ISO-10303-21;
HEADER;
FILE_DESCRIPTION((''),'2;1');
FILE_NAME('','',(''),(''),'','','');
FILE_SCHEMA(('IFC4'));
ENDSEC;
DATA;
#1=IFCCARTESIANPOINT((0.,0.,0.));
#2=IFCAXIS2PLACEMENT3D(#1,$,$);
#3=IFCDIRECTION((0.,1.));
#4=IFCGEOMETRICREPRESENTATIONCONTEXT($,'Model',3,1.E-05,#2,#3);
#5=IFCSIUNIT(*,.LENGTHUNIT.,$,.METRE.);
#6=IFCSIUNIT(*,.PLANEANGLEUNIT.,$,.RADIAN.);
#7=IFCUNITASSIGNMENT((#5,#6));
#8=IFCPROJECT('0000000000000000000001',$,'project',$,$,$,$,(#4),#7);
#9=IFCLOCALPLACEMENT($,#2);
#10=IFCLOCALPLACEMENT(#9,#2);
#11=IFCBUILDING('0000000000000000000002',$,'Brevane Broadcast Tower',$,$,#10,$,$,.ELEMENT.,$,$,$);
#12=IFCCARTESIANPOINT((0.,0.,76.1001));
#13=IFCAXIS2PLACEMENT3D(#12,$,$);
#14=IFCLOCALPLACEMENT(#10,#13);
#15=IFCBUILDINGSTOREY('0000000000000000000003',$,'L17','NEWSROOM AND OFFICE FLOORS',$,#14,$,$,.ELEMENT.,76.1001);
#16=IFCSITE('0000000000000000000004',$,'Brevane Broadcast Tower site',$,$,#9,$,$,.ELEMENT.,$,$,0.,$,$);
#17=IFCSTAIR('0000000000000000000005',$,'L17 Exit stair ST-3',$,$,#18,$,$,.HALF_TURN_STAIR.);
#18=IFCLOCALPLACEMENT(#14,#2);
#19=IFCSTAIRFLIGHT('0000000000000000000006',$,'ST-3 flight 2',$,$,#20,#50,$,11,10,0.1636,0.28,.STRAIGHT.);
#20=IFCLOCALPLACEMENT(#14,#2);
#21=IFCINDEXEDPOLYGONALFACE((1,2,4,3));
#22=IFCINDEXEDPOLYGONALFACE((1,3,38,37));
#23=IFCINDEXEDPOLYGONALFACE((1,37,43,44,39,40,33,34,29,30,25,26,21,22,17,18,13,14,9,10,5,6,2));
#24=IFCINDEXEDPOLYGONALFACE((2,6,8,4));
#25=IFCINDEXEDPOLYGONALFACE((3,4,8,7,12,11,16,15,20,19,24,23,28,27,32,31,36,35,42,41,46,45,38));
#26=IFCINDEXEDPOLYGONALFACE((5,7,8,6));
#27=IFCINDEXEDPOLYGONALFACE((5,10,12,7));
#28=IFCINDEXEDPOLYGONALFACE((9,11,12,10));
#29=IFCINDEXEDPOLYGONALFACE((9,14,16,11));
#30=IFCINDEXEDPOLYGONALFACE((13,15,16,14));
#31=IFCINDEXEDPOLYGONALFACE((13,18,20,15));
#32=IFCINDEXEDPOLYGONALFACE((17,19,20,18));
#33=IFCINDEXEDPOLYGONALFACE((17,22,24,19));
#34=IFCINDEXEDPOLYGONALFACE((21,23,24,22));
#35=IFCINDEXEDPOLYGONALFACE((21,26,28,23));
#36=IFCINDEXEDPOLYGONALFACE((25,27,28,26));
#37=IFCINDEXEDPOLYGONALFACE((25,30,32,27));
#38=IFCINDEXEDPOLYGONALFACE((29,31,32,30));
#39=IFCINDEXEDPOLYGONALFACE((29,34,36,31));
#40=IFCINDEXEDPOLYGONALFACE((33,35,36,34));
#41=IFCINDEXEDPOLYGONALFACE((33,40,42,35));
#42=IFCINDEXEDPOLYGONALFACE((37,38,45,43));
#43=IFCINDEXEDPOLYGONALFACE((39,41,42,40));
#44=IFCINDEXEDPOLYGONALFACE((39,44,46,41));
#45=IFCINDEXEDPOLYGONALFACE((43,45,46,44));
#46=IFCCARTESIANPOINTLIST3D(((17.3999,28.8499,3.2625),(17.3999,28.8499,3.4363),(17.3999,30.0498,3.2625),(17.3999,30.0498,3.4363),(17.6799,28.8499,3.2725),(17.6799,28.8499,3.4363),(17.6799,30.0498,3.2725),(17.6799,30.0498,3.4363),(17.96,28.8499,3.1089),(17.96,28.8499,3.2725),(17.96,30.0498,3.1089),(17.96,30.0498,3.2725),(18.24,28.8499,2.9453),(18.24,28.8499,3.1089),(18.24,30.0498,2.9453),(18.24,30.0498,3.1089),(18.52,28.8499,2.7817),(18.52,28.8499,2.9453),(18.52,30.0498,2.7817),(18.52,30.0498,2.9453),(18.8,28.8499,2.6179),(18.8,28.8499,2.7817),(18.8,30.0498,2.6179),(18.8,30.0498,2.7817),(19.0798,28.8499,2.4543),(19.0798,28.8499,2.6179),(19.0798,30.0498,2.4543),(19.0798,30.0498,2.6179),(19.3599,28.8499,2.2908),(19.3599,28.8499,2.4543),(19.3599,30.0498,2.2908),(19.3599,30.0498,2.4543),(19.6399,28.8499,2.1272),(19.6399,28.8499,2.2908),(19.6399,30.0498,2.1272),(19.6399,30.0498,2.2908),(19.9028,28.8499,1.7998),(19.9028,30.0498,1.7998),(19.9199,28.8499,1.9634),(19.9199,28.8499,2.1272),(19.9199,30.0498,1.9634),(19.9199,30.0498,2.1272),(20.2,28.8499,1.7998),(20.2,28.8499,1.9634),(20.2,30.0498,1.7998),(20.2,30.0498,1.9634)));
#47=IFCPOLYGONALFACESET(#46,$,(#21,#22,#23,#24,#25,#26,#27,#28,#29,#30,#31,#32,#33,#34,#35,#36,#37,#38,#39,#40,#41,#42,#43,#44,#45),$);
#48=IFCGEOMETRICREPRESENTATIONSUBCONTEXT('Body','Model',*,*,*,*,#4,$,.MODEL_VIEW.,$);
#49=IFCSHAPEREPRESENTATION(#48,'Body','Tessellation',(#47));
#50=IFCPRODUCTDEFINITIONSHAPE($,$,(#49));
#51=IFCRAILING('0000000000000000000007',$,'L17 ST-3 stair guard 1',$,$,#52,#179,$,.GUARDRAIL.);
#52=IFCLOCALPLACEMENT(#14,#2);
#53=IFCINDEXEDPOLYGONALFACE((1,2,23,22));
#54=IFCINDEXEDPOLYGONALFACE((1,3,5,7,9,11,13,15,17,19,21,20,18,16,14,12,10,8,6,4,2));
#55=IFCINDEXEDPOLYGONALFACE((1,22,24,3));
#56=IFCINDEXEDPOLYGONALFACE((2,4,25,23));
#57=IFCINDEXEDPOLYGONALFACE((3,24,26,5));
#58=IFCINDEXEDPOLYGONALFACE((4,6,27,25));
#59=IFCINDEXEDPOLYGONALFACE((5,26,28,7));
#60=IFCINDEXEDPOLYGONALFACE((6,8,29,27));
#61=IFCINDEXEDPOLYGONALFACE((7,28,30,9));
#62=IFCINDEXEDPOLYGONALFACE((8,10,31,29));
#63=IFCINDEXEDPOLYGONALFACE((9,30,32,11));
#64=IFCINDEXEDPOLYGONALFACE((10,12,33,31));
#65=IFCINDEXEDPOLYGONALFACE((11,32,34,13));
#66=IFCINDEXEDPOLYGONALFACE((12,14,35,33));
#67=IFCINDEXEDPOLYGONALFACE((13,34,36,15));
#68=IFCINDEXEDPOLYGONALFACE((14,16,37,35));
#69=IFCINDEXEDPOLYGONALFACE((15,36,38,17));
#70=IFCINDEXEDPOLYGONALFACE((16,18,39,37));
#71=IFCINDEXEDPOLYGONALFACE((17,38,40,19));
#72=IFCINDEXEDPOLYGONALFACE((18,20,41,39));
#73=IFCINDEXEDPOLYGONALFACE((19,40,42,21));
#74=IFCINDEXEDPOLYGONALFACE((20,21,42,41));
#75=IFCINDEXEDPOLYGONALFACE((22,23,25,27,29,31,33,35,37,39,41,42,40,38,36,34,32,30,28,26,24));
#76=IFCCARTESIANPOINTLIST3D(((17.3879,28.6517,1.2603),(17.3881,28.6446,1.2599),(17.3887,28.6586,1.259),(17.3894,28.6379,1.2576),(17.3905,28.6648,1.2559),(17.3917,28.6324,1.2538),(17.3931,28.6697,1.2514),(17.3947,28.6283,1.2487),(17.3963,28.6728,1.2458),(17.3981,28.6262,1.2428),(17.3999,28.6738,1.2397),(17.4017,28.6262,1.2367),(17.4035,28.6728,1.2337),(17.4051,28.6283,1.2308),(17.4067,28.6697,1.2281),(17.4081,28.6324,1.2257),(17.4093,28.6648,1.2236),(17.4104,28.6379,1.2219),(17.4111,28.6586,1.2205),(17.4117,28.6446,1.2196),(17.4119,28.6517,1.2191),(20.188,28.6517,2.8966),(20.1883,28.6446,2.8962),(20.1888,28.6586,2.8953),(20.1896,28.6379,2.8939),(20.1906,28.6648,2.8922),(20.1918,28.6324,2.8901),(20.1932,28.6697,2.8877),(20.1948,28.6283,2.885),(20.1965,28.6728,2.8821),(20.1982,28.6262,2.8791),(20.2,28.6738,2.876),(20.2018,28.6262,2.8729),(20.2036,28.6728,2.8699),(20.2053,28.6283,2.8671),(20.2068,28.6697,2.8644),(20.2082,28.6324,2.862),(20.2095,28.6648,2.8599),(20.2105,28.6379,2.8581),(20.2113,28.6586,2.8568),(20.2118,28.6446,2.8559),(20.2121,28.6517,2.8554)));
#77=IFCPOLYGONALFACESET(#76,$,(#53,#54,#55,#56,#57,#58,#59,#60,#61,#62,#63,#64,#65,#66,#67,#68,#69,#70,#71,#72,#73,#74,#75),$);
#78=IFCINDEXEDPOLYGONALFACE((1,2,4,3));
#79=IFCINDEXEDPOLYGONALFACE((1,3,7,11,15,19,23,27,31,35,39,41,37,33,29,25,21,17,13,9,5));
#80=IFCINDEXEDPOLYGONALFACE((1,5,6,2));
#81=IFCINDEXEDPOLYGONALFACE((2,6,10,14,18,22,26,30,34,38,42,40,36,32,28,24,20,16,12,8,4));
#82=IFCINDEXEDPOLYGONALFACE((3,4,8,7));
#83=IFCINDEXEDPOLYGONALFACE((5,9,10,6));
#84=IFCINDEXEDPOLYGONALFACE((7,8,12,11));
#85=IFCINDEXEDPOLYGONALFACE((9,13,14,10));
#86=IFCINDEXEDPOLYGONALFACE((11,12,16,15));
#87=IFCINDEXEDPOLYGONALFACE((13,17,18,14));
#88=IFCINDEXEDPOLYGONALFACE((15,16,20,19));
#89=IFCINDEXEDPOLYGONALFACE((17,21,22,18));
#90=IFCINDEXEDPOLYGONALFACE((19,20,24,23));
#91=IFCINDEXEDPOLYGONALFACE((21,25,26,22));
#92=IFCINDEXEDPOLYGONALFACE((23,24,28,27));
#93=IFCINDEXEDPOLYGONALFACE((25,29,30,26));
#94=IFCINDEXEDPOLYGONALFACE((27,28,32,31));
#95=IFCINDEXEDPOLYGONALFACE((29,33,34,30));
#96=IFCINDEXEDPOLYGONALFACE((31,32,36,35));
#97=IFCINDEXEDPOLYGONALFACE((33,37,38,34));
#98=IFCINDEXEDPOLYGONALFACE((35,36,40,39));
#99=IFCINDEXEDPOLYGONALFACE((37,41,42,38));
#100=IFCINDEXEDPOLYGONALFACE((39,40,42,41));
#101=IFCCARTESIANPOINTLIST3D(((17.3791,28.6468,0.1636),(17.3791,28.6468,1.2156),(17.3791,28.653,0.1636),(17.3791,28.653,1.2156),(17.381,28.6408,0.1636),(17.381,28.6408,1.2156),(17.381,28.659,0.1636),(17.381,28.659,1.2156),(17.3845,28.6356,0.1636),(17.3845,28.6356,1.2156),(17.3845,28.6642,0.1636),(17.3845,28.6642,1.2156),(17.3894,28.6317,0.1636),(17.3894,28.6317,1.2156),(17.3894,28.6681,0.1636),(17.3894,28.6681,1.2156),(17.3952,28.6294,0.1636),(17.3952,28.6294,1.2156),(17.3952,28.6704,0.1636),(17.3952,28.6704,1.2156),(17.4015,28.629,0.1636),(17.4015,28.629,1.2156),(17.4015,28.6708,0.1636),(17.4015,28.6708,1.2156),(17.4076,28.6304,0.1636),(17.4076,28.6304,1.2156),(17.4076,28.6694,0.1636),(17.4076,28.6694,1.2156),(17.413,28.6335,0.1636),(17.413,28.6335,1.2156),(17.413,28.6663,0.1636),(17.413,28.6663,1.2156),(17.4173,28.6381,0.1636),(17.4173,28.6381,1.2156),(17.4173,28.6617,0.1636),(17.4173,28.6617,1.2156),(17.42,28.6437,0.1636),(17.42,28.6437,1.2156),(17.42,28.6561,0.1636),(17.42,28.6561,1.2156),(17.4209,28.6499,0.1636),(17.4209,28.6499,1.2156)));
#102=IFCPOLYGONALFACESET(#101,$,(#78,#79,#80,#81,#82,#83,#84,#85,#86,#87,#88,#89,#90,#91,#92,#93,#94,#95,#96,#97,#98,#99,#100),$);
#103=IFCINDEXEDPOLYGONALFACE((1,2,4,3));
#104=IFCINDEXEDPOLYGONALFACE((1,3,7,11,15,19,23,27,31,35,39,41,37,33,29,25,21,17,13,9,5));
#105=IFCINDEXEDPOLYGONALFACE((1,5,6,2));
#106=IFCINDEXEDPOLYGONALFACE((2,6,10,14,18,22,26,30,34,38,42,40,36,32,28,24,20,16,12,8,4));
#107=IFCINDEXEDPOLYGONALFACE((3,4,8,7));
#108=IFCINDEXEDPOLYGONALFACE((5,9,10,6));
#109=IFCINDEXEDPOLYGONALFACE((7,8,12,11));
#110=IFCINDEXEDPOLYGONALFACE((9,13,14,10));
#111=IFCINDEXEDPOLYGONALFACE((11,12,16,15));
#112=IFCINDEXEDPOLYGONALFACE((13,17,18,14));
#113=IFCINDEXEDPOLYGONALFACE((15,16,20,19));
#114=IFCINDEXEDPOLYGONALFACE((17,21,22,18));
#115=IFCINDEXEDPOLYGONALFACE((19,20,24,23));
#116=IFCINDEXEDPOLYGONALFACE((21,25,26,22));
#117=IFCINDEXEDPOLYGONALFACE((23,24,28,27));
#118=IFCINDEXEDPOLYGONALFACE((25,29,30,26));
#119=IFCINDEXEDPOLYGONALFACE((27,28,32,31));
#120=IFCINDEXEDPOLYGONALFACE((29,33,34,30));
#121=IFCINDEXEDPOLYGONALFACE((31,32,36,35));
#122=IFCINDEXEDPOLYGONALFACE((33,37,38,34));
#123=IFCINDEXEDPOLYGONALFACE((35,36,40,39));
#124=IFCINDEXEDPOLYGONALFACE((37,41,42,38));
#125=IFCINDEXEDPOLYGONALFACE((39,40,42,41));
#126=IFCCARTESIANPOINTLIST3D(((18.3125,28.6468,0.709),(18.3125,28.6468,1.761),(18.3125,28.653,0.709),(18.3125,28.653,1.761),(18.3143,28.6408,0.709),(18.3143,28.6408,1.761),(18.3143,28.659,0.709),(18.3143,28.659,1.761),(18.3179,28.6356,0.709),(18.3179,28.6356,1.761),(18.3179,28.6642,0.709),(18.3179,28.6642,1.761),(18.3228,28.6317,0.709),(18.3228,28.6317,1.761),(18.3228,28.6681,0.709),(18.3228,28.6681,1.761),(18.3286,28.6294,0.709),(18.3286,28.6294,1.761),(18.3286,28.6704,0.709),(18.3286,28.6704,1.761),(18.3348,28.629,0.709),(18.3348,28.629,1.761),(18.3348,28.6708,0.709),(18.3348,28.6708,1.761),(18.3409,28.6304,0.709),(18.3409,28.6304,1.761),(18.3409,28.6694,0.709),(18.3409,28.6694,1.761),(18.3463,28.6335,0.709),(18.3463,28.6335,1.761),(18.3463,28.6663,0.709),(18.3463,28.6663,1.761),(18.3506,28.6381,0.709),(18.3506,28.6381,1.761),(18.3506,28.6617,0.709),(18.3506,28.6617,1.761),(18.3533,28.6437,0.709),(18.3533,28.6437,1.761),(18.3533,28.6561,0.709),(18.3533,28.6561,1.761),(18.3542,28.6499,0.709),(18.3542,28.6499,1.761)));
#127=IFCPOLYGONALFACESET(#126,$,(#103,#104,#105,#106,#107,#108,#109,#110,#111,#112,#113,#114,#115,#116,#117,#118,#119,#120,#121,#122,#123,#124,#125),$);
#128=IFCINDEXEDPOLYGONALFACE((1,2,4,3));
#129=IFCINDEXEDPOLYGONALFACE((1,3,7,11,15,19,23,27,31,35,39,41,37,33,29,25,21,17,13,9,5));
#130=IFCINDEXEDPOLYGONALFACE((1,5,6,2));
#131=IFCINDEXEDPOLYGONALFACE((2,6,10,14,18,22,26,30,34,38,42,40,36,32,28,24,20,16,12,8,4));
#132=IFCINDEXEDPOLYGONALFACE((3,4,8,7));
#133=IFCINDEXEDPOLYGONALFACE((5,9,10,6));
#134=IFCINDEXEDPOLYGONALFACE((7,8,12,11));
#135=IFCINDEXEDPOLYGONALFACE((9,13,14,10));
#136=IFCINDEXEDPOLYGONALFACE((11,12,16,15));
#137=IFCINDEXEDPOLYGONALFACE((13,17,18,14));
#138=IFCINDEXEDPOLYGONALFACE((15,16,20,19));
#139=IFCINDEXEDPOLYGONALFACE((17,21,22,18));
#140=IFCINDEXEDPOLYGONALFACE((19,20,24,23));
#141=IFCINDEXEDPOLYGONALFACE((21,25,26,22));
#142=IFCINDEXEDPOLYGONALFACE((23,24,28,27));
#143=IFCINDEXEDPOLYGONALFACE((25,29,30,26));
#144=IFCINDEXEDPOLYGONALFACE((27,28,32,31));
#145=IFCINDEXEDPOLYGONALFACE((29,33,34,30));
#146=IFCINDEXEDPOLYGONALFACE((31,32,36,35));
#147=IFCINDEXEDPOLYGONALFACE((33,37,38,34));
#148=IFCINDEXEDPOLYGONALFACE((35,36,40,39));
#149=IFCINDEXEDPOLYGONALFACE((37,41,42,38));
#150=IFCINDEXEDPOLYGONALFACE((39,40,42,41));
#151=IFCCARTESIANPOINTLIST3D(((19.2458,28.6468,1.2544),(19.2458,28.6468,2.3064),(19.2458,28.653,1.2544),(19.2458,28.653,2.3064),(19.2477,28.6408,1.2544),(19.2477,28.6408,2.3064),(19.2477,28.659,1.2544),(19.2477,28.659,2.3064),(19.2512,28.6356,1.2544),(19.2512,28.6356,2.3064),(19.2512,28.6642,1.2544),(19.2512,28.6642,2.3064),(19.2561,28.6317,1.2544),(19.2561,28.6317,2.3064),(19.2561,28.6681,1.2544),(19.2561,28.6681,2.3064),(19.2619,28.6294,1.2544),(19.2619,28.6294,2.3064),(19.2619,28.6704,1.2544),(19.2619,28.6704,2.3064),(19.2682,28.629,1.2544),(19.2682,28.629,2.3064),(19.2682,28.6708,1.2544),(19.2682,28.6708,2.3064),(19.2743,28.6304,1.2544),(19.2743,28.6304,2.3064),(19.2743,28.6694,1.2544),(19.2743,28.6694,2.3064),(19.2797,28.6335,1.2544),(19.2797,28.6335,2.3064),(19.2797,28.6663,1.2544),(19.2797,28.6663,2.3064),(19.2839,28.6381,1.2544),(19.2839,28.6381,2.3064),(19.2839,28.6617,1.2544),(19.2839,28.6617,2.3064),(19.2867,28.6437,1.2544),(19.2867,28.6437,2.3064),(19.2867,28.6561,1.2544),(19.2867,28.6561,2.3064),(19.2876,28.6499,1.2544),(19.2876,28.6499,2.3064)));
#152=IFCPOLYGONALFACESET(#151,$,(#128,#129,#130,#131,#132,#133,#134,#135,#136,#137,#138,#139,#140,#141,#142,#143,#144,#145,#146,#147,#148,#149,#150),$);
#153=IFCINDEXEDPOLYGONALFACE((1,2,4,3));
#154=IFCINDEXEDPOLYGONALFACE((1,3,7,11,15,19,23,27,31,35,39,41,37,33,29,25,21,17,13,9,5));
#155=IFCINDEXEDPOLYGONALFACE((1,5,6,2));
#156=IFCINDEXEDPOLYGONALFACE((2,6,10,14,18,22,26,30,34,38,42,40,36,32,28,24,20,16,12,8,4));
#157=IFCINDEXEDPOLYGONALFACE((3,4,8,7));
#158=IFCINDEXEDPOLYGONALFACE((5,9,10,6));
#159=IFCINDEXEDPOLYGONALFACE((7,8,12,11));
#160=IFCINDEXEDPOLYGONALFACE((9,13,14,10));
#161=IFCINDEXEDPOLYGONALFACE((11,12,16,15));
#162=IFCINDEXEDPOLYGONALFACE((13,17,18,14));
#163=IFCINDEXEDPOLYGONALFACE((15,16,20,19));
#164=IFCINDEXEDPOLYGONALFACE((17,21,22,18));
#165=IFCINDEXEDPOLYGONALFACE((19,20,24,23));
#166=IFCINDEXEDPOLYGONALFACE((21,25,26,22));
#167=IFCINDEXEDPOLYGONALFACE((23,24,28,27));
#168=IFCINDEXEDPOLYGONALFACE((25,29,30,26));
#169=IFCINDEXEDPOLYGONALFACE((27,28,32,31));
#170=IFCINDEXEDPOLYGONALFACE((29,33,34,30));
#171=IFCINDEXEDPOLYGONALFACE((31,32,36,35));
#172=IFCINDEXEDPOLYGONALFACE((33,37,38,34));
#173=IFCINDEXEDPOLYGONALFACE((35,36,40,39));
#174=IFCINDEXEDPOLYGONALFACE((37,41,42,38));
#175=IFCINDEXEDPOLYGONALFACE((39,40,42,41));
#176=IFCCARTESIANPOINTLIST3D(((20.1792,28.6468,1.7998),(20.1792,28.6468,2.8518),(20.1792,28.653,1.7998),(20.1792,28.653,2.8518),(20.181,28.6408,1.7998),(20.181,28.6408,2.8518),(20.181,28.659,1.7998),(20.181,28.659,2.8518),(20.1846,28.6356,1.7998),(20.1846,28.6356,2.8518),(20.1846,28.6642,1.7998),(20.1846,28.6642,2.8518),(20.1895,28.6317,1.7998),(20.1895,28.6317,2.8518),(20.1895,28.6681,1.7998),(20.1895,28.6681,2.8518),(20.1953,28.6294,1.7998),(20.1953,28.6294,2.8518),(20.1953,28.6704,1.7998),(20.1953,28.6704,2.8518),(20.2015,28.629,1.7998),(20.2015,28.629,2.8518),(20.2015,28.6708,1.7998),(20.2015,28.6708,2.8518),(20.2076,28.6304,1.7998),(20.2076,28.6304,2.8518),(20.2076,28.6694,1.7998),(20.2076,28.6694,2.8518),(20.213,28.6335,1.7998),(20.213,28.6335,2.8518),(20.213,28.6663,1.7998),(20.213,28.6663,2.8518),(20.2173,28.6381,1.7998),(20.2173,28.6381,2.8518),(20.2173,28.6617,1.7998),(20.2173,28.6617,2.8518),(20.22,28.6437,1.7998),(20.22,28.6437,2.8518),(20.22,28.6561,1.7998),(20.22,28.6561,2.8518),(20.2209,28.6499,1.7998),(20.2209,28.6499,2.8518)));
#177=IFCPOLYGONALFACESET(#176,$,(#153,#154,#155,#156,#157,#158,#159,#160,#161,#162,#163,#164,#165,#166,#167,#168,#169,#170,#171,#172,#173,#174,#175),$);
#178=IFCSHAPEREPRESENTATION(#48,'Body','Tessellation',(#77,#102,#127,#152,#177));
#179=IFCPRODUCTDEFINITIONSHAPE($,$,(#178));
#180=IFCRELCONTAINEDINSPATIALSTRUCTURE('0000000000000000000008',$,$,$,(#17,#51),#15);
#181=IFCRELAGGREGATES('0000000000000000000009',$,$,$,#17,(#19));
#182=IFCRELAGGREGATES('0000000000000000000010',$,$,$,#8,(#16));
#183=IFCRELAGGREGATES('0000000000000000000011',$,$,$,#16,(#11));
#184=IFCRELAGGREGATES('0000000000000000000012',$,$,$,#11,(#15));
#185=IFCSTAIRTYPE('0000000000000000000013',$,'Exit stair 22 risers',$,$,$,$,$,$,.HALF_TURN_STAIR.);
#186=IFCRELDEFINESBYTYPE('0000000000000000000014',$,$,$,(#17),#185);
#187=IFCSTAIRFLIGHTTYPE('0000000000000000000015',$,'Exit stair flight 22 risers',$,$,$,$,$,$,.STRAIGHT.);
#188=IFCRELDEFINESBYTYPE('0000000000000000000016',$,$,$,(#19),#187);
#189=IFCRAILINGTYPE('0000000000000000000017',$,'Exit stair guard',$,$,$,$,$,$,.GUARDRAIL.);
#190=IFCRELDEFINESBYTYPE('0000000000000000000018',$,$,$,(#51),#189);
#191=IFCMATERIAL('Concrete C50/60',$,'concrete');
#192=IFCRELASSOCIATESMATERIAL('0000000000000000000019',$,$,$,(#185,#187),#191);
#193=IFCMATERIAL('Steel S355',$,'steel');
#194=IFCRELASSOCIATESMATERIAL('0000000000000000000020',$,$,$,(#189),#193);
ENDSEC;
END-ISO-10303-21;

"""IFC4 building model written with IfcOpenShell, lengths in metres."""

from ifc_helpers import new_model, si_unit, direction, frame, origin, origin_2d, place, context, subcontext, project, spatial, polyline, circle, outline, extrude, material, type_object, element, aggregate, save


model = new_model("IFC4")

# Units and contexts
model_context = context("Model", 3, precision=1e-05, world=origin(), true_north=direction((0.0, 1.0)))
body_context = subcontext(model_context, "Body", "Model", "MODEL_VIEW")
ifc_project = project(units=[si_unit("LENGTHUNIT", "METRE"), si_unit("PLANEANGLEUNIT", "RADIAN")], contexts=[model_context])

# Site, building, storey
site_placement = place(None, origin())
site = spatial("IfcSite", under=ifc_project, at=site_placement, Name="Brevane Broadcast Tower site", CompositionType="ELEMENT", RefElevation=0.0)
building_placement = place(site_placement, origin())
building = spatial("IfcBuilding", under=site, at=building_placement, Name="Brevane Broadcast Tower", CompositionType="ELEMENT")
storey_placement = place(building_placement, frame((0.0, 0.0, 76.1001)))
storey = spatial("IfcBuildingStorey", under=building, at=storey_placement, Name="L17", Description="NEWSROOM AND OFFICE FLOORS", CompositionType="ELEMENT", Elevation=76.1001)

# Stair, stair flight
ifc_material_1 = material(Name="Concrete C50/60", Category="concrete")
stair_type = type_object("IfcStairType", Name="Exit stair 22 risers", PredefinedType="HALF_TURN_STAIR", material=ifc_material_1)
stair_placement = place(storey_placement, origin())
stair = element("IfcStair", 1, at=stair_placement, inside=storey, type_object=stair_type, Name="L17 Exit stair ST-3", PredefinedType="HALF_TURN_STAIR")
stair_flight_type = type_object("IfcStairFlightType", Name="Exit stair flight 22 risers", PredefinedType="STRAIGHT", material=ifc_material_1)
stair_flight_1_placement = place(storey_placement, frame((20.2, 29.45, 1.7998), z_axis=(0.0, 0.0, 1.0), x_axis=(-1.0, 0.0, 0.0)))
stair_flight_1 = element("IfcStairFlight", 2, at=stair_flight_1_placement, type_object=stair_flight_type, Name="ST-3 flight 2", NumberOfRisers=11, NumberOfTreads=10, PredefinedType="STRAIGHT", RiserHeight=0.1636, TreadLength=0.28, context=body_context, shape_type="SweptSolid", body=[
    extrude(outline(polyline([(0.0, 0.0), (0.0, 0.1636), (0.28, 0.1636), (0.28, 0.3274), (0.5601, 0.3274), (0.5601, 0.491), (0.8401, 0.491), (0.8401, 0.6545), (1.1201, 0.6545), (1.1201, 0.8181), (1.3999, 0.8181), (1.3999, 0.9819), (1.6799, 0.9819), (1.6799, 1.1455), (1.96, 1.1455), (1.96, 1.3091), (2.24, 1.3091), (2.24, 1.4727), (2.52, 1.4727), (2.52, 1.6365), (2.8, 1.6365), (2.8, 1.8), (2.8, 1.4626), (0.2971, 0.0), (0.0, 0.0)])), frame((0.0, 0.6001, 0.0), z_axis=(0.0, -1.0, 0.0), x_axis=(1.0, 0.0, 0.0)), (0.0, 0.0, 1.0), 1.2),
])
aggregate(stair, [stair_flight_1])

# Railing
ifc_material_2 = material(Name="Steel S355", Category="steel")
railing_type_1 = type_object("IfcRailingType", Name="Exit stair guard", PredefinedType="GUARDRAIL", material=ifc_material_2)
railing_1_placement = place(storey_placement, frame((17.3999, 28.6499, 0.1636)))
element("IfcRailing", 3, at=railing_1_placement, inside=storey, type_object=railing_type_1, Name="L17 ST-3 stair guard 1", PredefinedType="GUARDRAIL", context=body_context, shape_type="SweptSolid", body=[
    extrude(circle(Radius=0.0239, at=origin_2d()), frame((0.0, 0.0, 1.0762), z_axis=(0.863394, 0.0, 0.504531), x_axis=(0.0, 1.0, 0.0)), (0.0, 0.0, 1.0), 3.2432),
    extrude(circle(Radius=0.021, at=origin_2d()), origin(), (0.0, 0.0, 1.0), 1.052),
    extrude(circle(Radius=0.021, at=origin_2d()), frame((0.9333, 0.0, 0.5454)), (0.0, 0.0, 1.0), 1.052),
    extrude(circle(Radius=0.021, at=origin_2d()), frame((1.8667, 0.0, 1.0908)), (0.0, 0.0, 1.0), 1.052),
    extrude(circle(Radius=0.021, at=origin_2d()), frame((2.8, 0.0, 1.6362)), (0.0, 0.0, 1.0), 1.052),
])

save(model, "model.ifc")
